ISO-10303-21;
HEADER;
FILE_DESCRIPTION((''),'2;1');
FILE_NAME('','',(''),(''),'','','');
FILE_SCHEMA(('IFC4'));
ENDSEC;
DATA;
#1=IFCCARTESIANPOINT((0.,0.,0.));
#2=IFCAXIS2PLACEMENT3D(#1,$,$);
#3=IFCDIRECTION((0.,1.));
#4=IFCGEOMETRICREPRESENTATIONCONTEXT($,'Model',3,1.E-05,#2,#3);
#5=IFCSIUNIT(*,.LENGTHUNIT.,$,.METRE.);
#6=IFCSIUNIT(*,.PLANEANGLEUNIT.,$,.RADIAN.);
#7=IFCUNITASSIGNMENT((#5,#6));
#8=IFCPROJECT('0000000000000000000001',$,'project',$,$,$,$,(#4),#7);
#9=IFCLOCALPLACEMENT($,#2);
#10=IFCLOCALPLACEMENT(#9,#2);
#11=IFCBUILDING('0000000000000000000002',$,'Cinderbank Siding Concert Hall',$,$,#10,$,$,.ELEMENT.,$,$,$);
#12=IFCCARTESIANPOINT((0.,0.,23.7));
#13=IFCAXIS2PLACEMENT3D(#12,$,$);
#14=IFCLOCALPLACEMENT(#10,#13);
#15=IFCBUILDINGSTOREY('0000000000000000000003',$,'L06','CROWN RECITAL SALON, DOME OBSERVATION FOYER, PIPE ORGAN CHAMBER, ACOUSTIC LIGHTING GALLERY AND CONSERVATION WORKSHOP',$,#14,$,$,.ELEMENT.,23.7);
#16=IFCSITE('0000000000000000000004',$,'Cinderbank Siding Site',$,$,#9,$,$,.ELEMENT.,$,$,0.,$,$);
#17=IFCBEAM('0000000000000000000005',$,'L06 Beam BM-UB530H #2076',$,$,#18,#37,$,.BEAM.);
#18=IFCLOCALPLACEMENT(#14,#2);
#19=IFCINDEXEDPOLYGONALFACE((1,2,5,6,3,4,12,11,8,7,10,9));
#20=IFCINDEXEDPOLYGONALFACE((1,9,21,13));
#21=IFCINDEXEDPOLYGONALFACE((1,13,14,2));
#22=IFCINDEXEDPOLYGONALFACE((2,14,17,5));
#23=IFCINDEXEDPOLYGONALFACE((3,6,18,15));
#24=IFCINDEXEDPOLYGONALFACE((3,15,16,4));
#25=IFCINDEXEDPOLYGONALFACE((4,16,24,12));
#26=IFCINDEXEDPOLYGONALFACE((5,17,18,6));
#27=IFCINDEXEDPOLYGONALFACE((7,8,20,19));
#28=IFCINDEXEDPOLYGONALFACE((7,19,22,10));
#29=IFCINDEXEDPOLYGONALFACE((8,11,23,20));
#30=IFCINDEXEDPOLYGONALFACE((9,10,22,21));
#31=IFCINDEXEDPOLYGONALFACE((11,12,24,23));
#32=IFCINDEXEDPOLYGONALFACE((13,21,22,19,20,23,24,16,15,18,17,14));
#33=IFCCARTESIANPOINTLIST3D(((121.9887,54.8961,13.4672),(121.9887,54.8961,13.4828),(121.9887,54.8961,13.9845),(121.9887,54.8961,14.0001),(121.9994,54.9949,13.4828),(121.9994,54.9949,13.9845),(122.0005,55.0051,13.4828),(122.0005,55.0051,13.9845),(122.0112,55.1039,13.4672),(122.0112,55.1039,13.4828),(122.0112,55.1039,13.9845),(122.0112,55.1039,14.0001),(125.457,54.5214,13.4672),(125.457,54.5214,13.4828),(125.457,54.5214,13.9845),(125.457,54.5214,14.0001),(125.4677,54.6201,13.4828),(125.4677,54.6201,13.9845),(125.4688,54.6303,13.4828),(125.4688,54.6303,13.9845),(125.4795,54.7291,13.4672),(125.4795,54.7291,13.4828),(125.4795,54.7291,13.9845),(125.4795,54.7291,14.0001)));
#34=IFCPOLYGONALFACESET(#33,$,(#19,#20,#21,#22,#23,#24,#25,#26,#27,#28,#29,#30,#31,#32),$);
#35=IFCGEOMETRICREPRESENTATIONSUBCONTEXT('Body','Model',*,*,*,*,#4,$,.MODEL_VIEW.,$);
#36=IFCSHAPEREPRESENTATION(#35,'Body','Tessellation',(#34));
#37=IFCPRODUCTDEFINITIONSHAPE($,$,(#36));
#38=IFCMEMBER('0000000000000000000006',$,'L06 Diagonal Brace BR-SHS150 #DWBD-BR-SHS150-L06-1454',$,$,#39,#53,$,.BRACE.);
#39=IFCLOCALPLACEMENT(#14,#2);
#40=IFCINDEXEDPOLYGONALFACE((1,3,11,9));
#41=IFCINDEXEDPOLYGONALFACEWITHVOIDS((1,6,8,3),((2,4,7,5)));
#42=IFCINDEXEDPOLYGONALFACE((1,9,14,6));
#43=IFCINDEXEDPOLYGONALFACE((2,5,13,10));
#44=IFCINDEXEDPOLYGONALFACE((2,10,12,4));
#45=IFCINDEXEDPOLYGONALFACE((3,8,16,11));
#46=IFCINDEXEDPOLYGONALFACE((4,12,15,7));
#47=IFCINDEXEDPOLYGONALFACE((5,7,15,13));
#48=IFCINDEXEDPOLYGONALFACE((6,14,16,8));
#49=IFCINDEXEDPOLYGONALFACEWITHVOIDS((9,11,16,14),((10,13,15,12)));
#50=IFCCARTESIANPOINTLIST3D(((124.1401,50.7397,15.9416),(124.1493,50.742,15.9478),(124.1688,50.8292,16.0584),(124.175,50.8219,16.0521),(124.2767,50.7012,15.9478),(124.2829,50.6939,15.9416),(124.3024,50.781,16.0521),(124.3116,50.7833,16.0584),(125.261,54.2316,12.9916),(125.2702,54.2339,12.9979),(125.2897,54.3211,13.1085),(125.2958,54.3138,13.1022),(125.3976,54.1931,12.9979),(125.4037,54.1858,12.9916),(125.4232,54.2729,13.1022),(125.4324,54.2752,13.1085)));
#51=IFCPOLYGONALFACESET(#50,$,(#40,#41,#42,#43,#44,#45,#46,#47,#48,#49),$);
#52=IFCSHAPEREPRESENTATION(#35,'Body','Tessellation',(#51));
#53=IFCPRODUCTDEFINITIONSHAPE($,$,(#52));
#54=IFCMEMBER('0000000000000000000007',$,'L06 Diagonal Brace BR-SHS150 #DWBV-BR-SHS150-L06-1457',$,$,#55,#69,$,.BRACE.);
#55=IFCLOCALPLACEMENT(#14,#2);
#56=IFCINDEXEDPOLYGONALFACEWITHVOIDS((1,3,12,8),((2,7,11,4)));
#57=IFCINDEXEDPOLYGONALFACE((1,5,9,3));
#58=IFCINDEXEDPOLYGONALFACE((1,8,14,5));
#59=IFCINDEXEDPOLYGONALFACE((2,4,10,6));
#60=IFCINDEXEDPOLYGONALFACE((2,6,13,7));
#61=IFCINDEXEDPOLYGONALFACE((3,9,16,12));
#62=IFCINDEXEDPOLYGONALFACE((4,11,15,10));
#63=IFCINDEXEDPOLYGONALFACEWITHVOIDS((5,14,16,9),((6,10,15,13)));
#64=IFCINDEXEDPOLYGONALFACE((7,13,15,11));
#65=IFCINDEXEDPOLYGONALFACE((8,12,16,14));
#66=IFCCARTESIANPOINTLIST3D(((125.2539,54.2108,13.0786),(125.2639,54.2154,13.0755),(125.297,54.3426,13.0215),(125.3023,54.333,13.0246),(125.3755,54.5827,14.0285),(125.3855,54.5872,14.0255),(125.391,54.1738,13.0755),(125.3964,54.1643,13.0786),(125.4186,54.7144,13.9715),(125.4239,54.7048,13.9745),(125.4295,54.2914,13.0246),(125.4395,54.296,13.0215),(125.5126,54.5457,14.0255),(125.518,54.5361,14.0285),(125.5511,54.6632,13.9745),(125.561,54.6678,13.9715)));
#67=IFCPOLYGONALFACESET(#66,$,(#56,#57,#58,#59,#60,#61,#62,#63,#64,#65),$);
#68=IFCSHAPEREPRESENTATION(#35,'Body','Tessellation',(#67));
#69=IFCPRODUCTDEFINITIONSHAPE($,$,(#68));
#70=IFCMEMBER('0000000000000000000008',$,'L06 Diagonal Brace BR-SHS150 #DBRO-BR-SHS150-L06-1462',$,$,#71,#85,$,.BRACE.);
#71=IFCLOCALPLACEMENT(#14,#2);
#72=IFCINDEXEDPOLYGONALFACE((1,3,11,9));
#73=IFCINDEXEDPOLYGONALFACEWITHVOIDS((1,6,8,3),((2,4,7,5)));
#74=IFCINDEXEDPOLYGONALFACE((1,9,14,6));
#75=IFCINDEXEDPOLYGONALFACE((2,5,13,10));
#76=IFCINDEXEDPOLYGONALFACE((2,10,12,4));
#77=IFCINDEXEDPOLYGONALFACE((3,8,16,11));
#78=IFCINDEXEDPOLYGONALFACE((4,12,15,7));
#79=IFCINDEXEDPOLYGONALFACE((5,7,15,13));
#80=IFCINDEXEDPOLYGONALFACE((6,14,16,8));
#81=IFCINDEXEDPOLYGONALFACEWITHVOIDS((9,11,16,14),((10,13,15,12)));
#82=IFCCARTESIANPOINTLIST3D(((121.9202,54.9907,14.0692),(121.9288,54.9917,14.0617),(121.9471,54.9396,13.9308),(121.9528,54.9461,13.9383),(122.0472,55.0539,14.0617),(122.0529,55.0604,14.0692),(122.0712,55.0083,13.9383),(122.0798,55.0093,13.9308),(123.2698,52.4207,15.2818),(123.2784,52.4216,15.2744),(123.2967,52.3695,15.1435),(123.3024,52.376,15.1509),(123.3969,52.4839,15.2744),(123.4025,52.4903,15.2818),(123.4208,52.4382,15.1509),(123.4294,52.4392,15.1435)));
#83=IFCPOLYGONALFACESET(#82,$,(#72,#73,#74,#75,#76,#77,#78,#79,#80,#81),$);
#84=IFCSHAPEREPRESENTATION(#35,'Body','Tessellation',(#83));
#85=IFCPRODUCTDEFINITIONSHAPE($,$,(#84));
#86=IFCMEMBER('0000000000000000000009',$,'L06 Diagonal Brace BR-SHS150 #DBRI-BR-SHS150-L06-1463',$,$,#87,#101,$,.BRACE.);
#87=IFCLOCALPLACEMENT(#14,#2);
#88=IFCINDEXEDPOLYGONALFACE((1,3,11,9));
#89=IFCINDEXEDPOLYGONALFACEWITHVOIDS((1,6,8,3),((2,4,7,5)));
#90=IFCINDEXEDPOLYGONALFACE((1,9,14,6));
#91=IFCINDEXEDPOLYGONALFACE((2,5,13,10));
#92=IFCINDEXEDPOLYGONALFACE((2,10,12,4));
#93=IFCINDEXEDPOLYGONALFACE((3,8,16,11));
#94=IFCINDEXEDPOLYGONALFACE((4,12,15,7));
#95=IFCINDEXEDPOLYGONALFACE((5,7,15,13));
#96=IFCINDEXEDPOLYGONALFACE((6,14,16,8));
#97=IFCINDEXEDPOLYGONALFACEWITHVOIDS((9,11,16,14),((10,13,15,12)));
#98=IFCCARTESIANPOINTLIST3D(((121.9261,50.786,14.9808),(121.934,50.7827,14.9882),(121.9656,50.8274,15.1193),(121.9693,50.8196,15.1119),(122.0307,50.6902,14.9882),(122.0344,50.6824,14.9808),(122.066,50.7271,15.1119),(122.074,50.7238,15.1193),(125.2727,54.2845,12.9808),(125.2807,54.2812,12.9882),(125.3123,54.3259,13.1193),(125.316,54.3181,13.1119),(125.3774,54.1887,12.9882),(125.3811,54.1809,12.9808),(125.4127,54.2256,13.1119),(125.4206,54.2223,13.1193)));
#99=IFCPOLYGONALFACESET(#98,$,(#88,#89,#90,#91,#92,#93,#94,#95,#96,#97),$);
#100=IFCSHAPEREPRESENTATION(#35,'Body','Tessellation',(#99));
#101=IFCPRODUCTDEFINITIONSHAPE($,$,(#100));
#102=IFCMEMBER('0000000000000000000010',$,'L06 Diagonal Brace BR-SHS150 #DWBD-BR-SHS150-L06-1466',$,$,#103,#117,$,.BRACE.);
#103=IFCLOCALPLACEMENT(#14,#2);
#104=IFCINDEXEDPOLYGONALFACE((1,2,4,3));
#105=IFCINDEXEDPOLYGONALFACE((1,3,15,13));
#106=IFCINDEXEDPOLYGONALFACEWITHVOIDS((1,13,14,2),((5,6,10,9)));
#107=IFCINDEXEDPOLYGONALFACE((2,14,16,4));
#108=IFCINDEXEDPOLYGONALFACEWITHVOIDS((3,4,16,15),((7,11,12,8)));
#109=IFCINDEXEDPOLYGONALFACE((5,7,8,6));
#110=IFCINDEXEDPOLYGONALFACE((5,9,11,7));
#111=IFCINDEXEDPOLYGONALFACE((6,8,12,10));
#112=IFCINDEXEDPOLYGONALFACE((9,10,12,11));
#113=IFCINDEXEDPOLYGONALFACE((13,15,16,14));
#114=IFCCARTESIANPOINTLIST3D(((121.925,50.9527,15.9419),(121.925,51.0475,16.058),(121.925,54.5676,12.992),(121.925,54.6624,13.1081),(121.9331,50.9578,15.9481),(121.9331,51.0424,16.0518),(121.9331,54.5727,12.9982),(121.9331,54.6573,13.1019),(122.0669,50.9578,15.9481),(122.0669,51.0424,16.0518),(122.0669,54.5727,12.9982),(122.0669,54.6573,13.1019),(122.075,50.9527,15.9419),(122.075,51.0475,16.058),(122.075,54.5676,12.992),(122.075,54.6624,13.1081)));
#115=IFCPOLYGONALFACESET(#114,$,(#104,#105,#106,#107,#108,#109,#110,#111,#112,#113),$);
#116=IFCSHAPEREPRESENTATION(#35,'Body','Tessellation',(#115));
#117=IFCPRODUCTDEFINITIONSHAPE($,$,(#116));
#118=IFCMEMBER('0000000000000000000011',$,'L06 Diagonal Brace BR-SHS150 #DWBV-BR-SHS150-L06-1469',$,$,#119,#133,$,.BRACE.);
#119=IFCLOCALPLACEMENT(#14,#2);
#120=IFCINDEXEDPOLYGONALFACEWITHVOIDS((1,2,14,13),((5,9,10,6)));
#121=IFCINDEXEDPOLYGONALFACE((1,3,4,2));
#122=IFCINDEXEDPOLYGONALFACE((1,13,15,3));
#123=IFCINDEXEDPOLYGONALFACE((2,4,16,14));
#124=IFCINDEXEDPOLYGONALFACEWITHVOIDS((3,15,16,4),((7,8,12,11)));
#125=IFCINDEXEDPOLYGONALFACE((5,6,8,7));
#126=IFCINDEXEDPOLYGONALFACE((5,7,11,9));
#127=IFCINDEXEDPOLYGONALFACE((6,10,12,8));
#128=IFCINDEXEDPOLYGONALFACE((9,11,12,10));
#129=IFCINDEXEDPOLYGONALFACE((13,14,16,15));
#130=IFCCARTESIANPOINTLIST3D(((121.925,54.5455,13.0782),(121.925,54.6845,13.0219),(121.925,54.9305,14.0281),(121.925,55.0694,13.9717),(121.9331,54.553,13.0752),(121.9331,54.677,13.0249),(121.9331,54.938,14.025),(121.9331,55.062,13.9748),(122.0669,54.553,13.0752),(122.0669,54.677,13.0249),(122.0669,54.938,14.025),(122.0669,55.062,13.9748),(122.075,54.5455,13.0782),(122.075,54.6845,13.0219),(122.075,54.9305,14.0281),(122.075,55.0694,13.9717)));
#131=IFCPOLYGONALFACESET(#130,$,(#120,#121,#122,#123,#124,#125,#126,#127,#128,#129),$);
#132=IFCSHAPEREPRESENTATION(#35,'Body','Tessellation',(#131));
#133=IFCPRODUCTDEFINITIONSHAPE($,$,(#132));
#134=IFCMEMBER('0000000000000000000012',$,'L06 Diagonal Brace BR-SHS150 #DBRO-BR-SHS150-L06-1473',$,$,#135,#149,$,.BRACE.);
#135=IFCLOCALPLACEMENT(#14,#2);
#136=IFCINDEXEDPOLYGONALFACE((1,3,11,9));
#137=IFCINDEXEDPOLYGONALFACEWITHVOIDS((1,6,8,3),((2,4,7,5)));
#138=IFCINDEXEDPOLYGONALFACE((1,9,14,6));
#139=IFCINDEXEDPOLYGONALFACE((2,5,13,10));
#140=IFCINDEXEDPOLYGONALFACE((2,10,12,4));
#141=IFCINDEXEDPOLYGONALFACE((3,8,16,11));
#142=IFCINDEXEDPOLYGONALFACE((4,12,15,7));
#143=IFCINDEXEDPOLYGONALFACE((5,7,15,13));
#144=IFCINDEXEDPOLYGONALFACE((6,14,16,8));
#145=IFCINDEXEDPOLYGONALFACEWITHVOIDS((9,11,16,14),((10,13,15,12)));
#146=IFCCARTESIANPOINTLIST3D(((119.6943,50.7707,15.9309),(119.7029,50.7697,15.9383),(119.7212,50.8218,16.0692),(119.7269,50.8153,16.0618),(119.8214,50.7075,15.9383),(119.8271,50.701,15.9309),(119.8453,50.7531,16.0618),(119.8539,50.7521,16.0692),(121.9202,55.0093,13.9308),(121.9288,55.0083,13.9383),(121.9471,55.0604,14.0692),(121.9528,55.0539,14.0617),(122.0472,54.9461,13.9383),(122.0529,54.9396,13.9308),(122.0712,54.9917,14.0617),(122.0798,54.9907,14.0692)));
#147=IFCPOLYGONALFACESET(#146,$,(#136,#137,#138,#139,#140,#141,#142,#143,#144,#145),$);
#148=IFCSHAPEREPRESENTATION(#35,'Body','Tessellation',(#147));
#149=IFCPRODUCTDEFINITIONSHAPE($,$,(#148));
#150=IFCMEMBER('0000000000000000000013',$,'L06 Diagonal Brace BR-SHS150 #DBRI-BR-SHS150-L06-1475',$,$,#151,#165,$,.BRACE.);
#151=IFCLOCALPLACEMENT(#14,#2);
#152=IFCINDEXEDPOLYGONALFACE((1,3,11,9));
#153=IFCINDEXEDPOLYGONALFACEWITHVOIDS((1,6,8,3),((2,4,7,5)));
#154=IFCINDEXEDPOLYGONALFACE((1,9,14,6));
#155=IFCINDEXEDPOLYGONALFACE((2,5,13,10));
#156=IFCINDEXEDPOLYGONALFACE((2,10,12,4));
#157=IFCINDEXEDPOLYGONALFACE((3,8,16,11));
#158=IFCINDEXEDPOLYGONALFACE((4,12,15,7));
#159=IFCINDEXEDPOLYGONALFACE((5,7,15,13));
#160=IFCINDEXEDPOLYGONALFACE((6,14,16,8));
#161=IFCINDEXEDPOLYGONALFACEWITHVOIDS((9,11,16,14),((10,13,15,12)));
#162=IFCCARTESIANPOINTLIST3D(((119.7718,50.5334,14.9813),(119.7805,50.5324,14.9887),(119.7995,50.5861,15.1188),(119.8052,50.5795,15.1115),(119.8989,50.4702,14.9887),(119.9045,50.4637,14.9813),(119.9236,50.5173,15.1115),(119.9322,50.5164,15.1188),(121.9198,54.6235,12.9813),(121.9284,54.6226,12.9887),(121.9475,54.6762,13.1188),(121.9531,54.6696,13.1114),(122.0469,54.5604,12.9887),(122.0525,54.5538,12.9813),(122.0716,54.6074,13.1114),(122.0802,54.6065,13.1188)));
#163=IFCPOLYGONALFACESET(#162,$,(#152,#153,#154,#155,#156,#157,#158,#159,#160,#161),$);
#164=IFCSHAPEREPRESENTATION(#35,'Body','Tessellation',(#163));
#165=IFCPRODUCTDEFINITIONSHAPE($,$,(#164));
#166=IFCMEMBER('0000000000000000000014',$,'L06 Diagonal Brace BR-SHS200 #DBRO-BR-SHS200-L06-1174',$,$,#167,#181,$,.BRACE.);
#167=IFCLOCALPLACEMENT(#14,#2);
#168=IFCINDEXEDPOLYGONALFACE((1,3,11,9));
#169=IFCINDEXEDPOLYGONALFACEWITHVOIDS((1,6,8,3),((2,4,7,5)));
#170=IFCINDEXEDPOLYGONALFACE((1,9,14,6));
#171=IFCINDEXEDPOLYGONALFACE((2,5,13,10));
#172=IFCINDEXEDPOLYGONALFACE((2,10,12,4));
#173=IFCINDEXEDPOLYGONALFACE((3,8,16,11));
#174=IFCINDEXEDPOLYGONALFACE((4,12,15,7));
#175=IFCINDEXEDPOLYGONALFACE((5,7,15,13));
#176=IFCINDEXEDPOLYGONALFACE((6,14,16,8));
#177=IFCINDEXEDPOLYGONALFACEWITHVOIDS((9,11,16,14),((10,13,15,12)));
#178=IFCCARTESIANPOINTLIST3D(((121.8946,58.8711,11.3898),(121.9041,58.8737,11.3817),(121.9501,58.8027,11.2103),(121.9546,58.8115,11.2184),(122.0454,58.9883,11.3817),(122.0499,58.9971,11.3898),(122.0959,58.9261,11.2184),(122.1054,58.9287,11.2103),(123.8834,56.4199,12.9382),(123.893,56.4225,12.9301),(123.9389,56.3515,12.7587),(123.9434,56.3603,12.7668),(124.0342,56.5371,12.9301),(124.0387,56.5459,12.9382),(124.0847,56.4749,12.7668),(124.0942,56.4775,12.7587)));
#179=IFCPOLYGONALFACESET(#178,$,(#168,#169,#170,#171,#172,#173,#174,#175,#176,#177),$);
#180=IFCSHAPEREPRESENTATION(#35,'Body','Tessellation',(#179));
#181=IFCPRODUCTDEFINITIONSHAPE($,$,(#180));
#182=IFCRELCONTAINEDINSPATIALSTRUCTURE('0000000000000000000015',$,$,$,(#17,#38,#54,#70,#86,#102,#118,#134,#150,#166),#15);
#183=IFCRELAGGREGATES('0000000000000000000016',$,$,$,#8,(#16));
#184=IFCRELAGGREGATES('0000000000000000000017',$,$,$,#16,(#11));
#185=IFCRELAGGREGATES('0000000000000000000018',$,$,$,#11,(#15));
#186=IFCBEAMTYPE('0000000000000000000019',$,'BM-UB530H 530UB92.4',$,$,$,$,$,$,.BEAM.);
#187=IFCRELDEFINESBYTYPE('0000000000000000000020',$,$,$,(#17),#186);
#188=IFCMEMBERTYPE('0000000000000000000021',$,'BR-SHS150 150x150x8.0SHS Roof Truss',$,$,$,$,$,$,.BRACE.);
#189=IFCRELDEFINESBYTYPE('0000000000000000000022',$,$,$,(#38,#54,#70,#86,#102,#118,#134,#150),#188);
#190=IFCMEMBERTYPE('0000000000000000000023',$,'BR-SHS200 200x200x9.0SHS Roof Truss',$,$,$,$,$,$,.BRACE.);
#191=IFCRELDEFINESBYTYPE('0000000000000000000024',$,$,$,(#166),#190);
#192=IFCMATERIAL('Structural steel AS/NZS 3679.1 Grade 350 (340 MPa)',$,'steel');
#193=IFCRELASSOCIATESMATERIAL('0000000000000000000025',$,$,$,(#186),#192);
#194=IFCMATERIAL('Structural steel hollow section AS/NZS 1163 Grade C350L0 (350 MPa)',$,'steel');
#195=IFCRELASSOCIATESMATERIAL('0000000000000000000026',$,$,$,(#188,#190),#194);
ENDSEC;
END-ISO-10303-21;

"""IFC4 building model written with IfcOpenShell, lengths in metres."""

from ifc_helpers import new_model, si_unit, direction, frame, origin, origin_2d, place, context, subcontext, project, spatial, hollow_rectangle, i_section, extrude, material, material_profile, profile_set, type_object, element, save


model = new_model("IFC4")

# Units and contexts
model_context = context("Model", 3, precision=1e-05, world=origin(), true_north=direction((0.0, 1.0)))
body_context = subcontext(model_context, "Body", "Model", "MODEL_VIEW")
ifc_project = project(units=[si_unit("LENGTHUNIT", "METRE"), si_unit("PLANEANGLEUNIT", "RADIAN")], contexts=[model_context])

# Site, building, storey
site_placement = place(None, origin())
site = spatial("IfcSite", under=ifc_project, at=site_placement, Name="Cinderbank Siding Site", CompositionType="ELEMENT", RefElevation=0.0)
building_placement = place(site_placement, origin())
building = spatial("IfcBuilding", under=site, at=building_placement, Name="Cinderbank Siding Concert Hall", CompositionType="ELEMENT")
storey_placement = place(building_placement, frame((0.0, 0.0, 23.7)))
storey = spatial("IfcBuildingStorey", under=building, at=storey_placement, Name="L06", Description="CROWN RECITAL SALON, DOME OBSERVATION FOYER, PIPE ORGAN CHAMBER, ACOUSTIC LIGHTING GALLERY AND CONSERVATION WORKSHOP", CompositionType="ELEMENT", Elevation=23.7)

# Beam
ifc_material_1 = material(Name="Structural steel AS/NZS 3679.1 Grade 350 (340 MPa)", Category="steel")
ifc_material_profile_1 = material_profile(ifc_material_1, i_section(OverallWidth=0.209, OverallDepth=0.533, WebThickness=0.0103, FlangeThickness=0.0156, at=origin_2d()), Name="530UB92.4", Category="LoadBearing")
ifc_profile_set_1 = profile_set([ifc_material_profile_1], Name="Structural steel AS/NZS 3679.1 Grade 350 (340 MPa)")
beam_type = type_object("IfcBeamType", Name="BM-UB530H 530UB92.4", PredefinedType="BEAM", material=ifc_profile_set_1)
beam_placement = place(storey_placement, frame((125.4683, 54.6252, 13.7336), z_axis=(-0.994213, 0.107428, 0.0), x_axis=(-0.107428, -0.994213, 0.0)))
element("IfcBeam", 1, at=beam_placement, inside=storey, type_object=beam_type, Name="L06 Beam BM-UB530H #2076", PredefinedType="BEAM", context=body_context, shape_type="SweptSolid", body=[
    extrude(i_section(OverallWidth=0.209, OverallDepth=0.533, WebThickness=0.0103, FlangeThickness=0.0156, at=origin_2d()), origin(), (0.0, 0.0, 1.0), 3.4885),
])

# Members
ifc_material_2 = material(Name="Structural steel hollow section AS/NZS 1163 Grade C350L0 (350 MPa)", Category="steel")
ifc_material_profile_2 = material_profile(ifc_material_2, hollow_rectangle(XDim=0.1499, YDim=0.1499, WallThickness=0.0081, at=origin_2d()), Name="150x150x8.0SHS", Category="LoadBearing")
ifc_profile_set_2 = profile_set([ifc_material_profile_2], Name="Structural steel hollow section AS/NZS 1163 Grade C350L0 (350 MPa)")
member_type_1 = type_object("IfcMemberType", Name="BR-SHS150 150x150x8.0SHS Roof Truss", PredefinedType="BRACE", material=ifc_profile_set_2)
member_1_placement = place(storey_placement, frame((125.3467, 54.2534, 13.05), z_axis=(-0.238144, -0.741923, 0.626768), x_axis=(0.952152, -0.305623, 0.0)))
element("IfcMember", 2, at=member_1_placement, inside=storey, type_object=member_type_1, Name="L06 Diagonal Brace BR-SHS150 #DWBD-BR-SHS150-L06-1454", PredefinedType="BRACE", context=body_context, shape_type="SweptSolid", body=[
    extrude(hollow_rectangle(XDim=0.1499, YDim=0.1499, WallThickness=0.0081, at=origin_2d()), origin(), (0.0, 0.0, 1.0), 4.7065),
])
member_2_placement = place(storey_placement, frame((125.3467, 54.2534, 13.05), z_axis=(0.118346, 0.361928, 0.924663), x_axis=(-0.950478, 0.310793, 0.0)))
element("IfcMember", 3, at=member_2_placement, inside=storey, type_object=member_type_1, Name="L06 Diagonal Brace BR-SHS150 #DWBV-BR-SHS150-L06-1457", PredefinedType="BRACE", context=body_context, shape_type="SweptSolid", body=[
    extrude(hollow_rectangle(XDim=0.1499, YDim=0.1499, WallThickness=0.0081, at=origin_2d()), origin(), (0.0, 0.0, 1.0), 1.0273),
])
member_3_placement = place(storey_placement, frame((122.0, 55.0, 14.0), z_axis=(0.428995, -0.816937, 0.385459), x_axis=(0.885352, 0.464921, 0.0)))
element("IfcMember", 4, at=member_3_placement, inside=storey, type_object=member_type_1, Name="L06 Diagonal Brace BR-SHS150 #DBRO-BR-SHS150-L06-1462", PredefinedType="BRACE", context=body_context, shape_type="SweptSolid", body=[
    extrude(hollow_rectangle(XDim=0.1499, YDim=0.1499, WallThickness=0.0081, at=origin_2d()), origin(), (0.0, 0.0, 1.0), 3.146),
])
member_4_placement = place(storey_placement, frame((125.3467, 54.2534, 13.05), z_axis=(-0.638884, -0.667873, 0.381802), x_axis=(0.722616, -0.69125, 0.0)))
element("IfcMember", 5, at=member_4_placement, inside=storey, type_object=member_type_1, Name="L06 Diagonal Brace BR-SHS150 #DBRI-BR-SHS150-L06-1463", PredefinedType="BRACE", context=body_context, shape_type="SweptSolid", body=[
    extrude(hollow_rectangle(XDim=0.1499, YDim=0.1499, WallThickness=0.0081, at=origin_2d()), origin(), (0.0, 0.0, 1.0), 5.2383),
])
member_5_placement = place(storey_placement, frame((122.0, 54.615, 13.05), z_axis=(0.0, -0.774773, 0.63224), x_axis=(1.0, 0.0, 0.0)))
element("IfcMember", 6, at=member_5_placement, inside=storey, type_object=member_type_1, Name="L06 Diagonal Brace BR-SHS150 #DWBD-BR-SHS150-L06-1466", PredefinedType="BRACE", context=body_context, shape_type="SweptSolid", body=[
    extrude(hollow_rectangle(XDim=0.1499, YDim=0.1499, WallThickness=0.0081, at=origin_2d()), origin(), (0.0, 0.0, 1.0), 4.6658),
])
member_6_placement = place(storey_placement, frame((122.0, 54.615, 13.05), z_axis=(0.0, 0.375617, 0.926775), x_axis=(-1.0, 0.0, 0.0)))
element("IfcMember", 7, at=member_6_placement, inside=storey, type_object=member_type_1, Name="L06 Diagonal Brace BR-SHS150 #DWBV-BR-SHS150-L06-1469", PredefinedType="BRACE", context=body_context, shape_type="SweptSolid", body=[
    extrude(hollow_rectangle(XDim=0.1499, YDim=0.1499, WallThickness=0.0081, at=origin_2d()), origin(), (0.0, 0.0, 1.0), 1.0249),
])
member_7_placement = place(storey_placement, frame((122.0, 55.0, 14.0), z_axis=(-0.429002, -0.816925, 0.385476), x_axis=(0.885346, -0.464933, 0.0)))
element("IfcMember", 8, at=member_7_placement, inside=storey, type_object=member_type_1, Name="L06 Diagonal Brace BR-SHS150 #DBRO-BR-SHS150-L06-1473", PredefinedType="BRACE", context=body_context, shape_type="SweptSolid", body=[
    extrude(hollow_rectangle(XDim=0.1499, YDim=0.1499, WallThickness=0.0081, at=origin_2d()), origin(), (0.0, 0.0, 1.0), 5.1885),
])
member_8_placement = place(storey_placement, frame((122.0, 54.615, 13.05), z_axis=(-0.426677, -0.812471, 0.397288), x_axis=(0.88534, -0.464945, 0.0)))
element("IfcMember", 9, at=member_8_placement, inside=storey, type_object=member_type_1, Name="L06 Diagonal Brace BR-SHS150 #DBRI-BR-SHS150-L06-1475", PredefinedType="BRACE", context=body_context, shape_type="SweptSolid", body=[
    extrude(hollow_rectangle(XDim=0.1499, YDim=0.1499, WallThickness=0.0081, at=origin_2d()), origin(), (0.0, 0.0, 1.0), 5.0342),
])
ifc_material_profile_3 = material_profile(ifc_material_2, hollow_rectangle(XDim=0.2, YDim=0.2, WallThickness=0.009, at=origin_2d()), Name="200x200x9.0SHS", Category="LoadBearing")
ifc_profile_set_3 = profile_set([ifc_material_profile_3], Name="Structural steel hollow section AS/NZS 1163 Grade C350L0 (350 MPa)")
member_type_2 = type_object("IfcMemberType", Name="BR-SHS200 200x200x9.0SHS Roof Truss", PredefinedType="BRACE", material=ifc_profile_set_3)
member_9_placement = place(storey_placement, frame((122.0, 58.8999, 11.3), z_axis=(0.565667, -0.697189, 0.440396), x_axis=(0.776549, 0.630057, 0.0)))
element("IfcMember", 10, at=member_9_placement, inside=storey, type_object=member_type_2, Name="L06 Diagonal Brace BR-SHS200 #DBRO-BR-SHS200-L06-1174", PredefinedType="BRACE", context=body_context, shape_type="SweptSolid", body=[
    extrude(hollow_rectangle(XDim=0.2, YDim=0.2, WallThickness=0.009, at=origin_2d()), origin(), (0.0, 0.0, 1.0), 3.5159),
])

save(model, "model.ifc")
